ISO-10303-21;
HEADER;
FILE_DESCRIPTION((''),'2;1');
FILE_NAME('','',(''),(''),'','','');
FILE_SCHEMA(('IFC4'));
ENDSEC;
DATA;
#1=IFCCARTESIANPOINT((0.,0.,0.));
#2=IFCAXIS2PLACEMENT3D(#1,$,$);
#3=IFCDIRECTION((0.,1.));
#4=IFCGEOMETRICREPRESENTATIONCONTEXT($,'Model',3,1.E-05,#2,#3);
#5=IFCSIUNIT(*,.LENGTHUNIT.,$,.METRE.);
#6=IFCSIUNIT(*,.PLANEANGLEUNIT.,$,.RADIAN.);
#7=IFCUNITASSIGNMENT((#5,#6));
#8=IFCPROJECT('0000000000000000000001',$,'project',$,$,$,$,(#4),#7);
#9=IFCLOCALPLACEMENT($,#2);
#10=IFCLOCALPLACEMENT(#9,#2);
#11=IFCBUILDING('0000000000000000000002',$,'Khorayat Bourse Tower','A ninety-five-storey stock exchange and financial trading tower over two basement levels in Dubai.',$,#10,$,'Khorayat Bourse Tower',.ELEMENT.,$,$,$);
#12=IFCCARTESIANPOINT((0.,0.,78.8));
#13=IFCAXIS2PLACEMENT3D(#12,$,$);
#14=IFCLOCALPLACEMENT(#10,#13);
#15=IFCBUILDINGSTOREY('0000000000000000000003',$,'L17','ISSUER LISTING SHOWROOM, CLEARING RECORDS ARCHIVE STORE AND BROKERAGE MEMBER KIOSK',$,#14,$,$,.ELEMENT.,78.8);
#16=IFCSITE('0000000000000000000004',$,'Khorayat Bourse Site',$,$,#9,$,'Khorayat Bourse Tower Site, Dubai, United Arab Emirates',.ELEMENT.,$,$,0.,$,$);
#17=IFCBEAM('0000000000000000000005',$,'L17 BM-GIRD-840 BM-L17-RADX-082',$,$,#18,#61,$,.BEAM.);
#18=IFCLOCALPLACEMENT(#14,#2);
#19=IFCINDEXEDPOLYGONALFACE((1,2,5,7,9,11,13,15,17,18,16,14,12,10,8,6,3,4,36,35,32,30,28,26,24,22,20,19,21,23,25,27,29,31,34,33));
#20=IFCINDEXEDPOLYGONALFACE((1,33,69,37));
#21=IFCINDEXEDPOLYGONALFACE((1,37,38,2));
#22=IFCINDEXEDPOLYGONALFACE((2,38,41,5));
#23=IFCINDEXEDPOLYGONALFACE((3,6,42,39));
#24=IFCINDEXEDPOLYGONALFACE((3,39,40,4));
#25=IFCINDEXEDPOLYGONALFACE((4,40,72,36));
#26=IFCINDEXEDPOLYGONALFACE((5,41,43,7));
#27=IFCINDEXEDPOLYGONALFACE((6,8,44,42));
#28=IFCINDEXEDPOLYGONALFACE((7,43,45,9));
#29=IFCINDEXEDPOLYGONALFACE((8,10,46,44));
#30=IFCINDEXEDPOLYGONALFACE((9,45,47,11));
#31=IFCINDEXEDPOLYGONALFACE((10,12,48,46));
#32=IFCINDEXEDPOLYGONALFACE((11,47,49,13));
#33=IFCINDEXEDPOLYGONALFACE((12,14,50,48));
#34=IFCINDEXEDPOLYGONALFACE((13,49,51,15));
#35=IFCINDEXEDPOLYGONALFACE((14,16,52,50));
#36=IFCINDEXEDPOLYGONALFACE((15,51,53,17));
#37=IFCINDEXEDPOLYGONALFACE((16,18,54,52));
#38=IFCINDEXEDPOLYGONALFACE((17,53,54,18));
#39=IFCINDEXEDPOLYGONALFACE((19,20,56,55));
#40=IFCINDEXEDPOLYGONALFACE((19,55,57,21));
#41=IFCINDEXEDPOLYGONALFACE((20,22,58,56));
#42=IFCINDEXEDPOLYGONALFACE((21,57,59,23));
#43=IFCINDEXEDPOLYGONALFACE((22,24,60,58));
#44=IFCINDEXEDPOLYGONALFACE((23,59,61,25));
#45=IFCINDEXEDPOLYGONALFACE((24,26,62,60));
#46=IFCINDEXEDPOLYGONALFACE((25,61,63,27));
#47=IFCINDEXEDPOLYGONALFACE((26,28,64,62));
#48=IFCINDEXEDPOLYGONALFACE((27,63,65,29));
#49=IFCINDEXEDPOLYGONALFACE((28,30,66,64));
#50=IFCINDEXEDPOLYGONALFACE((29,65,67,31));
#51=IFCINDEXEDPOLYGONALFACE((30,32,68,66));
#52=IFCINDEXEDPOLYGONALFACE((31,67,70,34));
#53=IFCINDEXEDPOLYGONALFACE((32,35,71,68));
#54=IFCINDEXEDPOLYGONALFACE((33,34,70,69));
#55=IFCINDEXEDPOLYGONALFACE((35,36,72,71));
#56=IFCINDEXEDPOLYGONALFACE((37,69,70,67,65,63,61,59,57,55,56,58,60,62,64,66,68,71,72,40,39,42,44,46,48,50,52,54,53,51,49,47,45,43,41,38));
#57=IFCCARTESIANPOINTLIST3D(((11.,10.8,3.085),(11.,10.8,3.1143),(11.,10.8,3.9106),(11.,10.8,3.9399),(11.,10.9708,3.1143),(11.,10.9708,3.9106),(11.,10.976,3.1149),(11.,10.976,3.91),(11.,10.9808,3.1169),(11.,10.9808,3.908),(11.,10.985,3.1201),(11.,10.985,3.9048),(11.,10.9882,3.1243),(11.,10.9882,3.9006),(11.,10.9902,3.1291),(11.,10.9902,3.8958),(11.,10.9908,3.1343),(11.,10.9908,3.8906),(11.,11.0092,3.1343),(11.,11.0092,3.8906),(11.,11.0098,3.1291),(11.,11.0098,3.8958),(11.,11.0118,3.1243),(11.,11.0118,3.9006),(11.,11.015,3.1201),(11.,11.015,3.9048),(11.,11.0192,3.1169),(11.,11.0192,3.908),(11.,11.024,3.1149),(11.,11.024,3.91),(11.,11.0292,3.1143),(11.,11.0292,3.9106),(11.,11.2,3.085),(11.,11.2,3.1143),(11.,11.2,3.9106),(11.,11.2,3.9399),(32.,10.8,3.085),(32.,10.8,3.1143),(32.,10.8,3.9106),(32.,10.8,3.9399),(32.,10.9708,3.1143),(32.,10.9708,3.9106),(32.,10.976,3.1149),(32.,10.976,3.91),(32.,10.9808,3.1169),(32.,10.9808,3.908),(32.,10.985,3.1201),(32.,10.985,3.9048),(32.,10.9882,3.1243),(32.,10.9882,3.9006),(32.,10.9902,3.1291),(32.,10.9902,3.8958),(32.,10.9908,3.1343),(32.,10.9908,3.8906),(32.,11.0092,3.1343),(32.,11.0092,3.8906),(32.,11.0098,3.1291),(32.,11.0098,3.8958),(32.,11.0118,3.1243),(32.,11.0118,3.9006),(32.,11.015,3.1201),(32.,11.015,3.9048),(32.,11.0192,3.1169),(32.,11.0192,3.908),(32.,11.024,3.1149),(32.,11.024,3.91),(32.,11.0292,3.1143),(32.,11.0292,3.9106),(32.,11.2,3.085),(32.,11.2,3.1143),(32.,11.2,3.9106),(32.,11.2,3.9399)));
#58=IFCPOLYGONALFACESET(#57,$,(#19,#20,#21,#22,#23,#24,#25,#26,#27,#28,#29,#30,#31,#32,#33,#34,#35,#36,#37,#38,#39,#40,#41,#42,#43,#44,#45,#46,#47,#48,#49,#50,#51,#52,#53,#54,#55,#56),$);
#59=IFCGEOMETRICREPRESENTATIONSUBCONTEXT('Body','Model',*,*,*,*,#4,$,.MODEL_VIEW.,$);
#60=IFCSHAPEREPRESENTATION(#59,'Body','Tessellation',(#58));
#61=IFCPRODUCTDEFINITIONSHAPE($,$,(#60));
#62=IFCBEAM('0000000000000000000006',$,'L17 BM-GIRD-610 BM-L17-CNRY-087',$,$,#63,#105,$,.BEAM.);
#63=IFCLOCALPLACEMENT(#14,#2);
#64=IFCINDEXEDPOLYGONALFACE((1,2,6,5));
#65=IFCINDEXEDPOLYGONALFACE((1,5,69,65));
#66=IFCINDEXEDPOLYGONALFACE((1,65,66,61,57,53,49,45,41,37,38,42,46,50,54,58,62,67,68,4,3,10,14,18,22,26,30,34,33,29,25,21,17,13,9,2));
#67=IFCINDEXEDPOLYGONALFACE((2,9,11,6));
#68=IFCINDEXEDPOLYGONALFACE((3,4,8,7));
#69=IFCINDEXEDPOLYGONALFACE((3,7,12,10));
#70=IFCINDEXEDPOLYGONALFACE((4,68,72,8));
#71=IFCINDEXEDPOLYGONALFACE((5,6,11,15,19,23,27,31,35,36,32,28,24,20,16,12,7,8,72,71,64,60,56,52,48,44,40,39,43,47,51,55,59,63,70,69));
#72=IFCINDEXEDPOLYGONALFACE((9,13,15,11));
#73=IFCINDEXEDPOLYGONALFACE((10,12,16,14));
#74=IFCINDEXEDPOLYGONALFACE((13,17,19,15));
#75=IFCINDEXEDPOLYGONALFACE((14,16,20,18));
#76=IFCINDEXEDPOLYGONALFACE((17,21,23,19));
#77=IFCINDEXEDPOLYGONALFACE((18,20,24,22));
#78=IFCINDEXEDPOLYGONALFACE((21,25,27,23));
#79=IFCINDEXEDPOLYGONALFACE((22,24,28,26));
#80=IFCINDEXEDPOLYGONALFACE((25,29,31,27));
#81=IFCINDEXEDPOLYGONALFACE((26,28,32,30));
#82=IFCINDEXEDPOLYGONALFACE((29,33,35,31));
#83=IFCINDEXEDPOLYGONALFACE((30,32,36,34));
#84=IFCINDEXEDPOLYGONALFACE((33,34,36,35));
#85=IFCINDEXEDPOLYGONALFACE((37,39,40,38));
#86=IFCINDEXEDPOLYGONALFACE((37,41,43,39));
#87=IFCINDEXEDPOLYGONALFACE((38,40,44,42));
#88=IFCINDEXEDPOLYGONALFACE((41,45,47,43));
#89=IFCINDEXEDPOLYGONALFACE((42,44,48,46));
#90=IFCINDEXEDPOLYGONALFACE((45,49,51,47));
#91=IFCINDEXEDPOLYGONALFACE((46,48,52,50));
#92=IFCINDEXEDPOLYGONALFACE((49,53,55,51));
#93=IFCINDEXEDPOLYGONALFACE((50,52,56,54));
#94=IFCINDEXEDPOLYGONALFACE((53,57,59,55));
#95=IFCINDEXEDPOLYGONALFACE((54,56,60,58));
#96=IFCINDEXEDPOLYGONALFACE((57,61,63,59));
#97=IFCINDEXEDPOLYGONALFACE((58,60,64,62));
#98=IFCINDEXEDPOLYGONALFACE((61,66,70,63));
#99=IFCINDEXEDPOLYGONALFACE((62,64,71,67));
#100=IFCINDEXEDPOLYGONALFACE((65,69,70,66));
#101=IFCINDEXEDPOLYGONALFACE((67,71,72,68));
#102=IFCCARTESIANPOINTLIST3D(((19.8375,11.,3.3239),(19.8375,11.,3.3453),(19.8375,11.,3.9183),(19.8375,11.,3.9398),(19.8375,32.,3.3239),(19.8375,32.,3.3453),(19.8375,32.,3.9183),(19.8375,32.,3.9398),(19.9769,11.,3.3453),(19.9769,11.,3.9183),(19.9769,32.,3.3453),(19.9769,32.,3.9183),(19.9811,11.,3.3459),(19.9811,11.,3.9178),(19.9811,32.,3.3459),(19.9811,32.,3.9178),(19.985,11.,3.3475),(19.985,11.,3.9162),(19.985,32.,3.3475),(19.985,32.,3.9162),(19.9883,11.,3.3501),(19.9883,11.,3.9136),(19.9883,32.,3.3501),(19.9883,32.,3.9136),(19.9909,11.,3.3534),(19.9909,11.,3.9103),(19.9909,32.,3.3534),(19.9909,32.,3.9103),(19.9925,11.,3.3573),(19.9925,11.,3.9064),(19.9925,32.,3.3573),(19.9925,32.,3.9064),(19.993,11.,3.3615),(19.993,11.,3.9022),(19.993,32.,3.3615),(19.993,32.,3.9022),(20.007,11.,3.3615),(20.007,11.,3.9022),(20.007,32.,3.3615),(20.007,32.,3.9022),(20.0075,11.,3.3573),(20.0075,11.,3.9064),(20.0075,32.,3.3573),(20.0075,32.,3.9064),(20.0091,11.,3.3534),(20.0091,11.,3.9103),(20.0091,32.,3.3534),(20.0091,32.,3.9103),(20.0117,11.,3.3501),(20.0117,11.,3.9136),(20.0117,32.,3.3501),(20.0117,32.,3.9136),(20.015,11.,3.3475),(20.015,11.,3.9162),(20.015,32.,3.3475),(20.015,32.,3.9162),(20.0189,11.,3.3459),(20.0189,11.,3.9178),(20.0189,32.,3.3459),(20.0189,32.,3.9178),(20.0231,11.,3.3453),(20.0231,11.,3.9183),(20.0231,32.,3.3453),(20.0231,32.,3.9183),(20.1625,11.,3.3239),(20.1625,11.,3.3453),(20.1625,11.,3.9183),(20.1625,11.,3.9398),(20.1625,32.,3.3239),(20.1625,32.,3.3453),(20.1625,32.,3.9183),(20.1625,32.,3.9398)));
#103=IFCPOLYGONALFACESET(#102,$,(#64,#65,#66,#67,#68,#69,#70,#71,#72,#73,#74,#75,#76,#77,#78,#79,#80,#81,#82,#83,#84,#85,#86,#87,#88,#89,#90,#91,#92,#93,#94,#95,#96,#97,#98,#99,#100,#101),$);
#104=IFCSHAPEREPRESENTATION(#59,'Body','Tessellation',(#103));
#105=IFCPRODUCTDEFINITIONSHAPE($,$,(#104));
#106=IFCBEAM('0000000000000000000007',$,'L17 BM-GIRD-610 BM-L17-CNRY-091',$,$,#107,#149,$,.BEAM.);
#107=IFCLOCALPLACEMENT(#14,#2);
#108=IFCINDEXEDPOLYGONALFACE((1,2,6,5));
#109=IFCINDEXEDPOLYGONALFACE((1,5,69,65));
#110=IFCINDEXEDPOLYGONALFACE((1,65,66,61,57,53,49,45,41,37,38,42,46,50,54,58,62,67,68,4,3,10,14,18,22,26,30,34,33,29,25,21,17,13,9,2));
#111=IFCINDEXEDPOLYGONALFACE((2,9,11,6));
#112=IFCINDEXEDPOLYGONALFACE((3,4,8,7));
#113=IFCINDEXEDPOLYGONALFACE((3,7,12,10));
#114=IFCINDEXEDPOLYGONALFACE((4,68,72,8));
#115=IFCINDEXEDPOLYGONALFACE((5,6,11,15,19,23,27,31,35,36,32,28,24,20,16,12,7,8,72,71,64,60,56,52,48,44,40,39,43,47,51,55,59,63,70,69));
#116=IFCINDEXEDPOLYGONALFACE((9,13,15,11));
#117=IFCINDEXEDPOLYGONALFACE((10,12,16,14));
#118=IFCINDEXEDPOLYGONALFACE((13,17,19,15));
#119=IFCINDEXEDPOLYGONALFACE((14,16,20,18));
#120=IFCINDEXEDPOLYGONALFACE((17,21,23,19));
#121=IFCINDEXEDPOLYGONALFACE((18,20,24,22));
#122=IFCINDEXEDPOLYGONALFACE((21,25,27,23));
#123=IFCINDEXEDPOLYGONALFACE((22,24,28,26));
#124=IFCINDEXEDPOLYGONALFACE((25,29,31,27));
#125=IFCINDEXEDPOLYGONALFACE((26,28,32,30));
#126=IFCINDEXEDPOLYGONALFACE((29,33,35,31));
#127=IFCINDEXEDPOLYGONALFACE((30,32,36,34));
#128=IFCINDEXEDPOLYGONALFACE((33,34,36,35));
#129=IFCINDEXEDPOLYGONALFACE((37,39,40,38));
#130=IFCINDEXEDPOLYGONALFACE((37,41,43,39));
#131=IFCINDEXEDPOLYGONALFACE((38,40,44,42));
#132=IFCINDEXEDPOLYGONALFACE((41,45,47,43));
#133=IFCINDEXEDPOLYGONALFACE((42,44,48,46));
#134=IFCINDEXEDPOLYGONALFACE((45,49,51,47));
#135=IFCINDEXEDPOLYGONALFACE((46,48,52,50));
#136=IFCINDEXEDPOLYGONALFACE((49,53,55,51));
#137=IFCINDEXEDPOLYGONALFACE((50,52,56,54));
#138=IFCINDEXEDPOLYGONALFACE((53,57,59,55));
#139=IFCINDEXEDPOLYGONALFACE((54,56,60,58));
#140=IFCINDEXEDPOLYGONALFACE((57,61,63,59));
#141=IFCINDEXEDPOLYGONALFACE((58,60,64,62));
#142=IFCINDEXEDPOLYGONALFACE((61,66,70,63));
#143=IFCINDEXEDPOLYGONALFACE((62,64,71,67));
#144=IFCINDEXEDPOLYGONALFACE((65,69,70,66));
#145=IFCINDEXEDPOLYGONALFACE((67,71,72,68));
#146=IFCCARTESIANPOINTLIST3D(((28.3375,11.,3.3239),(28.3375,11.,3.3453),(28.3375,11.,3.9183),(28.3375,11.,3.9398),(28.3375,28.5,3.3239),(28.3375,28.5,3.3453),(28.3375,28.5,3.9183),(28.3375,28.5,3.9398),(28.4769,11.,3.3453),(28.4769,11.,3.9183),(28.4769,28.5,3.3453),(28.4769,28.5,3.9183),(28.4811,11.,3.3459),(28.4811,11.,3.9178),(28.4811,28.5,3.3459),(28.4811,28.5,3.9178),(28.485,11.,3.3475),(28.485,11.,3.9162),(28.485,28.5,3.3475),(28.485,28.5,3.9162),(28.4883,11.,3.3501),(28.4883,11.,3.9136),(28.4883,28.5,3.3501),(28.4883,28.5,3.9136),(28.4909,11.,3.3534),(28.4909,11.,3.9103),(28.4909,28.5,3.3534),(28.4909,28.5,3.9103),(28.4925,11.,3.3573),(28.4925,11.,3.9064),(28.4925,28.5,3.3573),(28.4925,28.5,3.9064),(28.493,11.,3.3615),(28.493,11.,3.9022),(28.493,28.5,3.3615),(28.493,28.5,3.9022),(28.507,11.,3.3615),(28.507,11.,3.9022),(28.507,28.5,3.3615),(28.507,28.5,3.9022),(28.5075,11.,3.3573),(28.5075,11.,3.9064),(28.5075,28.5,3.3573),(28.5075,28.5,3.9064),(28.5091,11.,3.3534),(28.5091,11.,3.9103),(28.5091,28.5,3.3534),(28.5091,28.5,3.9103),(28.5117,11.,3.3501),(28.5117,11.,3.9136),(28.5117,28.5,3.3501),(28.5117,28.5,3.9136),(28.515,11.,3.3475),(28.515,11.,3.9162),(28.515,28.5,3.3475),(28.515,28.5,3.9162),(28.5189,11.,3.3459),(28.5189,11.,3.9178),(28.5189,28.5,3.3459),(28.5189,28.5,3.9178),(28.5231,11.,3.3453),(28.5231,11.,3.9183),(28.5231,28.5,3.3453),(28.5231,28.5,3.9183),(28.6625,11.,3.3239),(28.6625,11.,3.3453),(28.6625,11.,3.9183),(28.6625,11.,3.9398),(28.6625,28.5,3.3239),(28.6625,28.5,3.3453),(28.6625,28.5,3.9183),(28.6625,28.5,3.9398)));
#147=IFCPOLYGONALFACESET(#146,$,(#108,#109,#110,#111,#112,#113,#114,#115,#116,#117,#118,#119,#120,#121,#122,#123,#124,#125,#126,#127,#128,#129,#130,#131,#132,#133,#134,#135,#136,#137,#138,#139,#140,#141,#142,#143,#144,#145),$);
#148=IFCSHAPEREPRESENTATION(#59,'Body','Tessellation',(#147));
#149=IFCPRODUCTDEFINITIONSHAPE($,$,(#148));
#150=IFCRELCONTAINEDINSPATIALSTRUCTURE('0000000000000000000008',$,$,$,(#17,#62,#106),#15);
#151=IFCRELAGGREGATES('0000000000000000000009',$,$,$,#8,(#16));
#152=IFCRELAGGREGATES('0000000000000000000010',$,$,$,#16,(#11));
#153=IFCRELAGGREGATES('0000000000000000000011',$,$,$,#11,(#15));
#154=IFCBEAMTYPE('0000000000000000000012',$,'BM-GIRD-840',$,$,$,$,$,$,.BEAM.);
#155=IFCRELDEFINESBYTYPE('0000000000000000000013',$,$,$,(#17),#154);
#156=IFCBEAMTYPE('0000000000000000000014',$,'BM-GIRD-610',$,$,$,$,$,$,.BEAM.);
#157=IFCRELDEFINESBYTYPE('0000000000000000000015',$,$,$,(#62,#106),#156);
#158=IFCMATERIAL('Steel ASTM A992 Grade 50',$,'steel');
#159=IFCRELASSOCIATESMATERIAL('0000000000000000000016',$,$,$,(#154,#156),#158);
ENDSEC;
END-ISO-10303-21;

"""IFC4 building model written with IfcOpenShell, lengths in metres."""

from ifc_helpers import new_model, si_unit, direction, frame, origin, origin_2d, place, context, subcontext, project, spatial, i_section, extrude, source, transform, mapped, material, material_profile, profile_set, type_object, element, save


model = new_model("IFC4")

# Units and contexts
model_context = context("Model", 3, precision=1e-05, world=origin(), true_north=direction((0.0, 1.0)))
body_context = subcontext(model_context, "Body", "Model", "MODEL_VIEW")
ifc_project = project(units=[si_unit("LENGTHUNIT", "METRE"), si_unit("PLANEANGLEUNIT", "RADIAN")], contexts=[model_context])

# Site, building, storey
site_placement = place(None, origin())
site = spatial("IfcSite", under=ifc_project, at=site_placement, Name="Khorayat Bourse Site", LongName="Khorayat Bourse Tower Site, Dubai, United Arab Emirates", CompositionType="ELEMENT", RefElevation=0.0)
building_placement = place(site_placement, origin())
building = spatial("IfcBuilding", under=site, at=building_placement, Name="Khorayat Bourse Tower", Description="A ninety-five-storey stock exchange and financial trading tower over two basement levels in Dubai.", LongName="Khorayat Bourse Tower", CompositionType="ELEMENT")
storey_placement = place(building_placement, frame((0.0, 0.0, 78.8)))
storey = spatial("IfcBuildingStorey", under=building, at=storey_placement, Name="L17", Description="ISSUER LISTING SHOWROOM, CLEARING RECORDS ARCHIVE STORE AND BROKERAGE MEMBER KIOSK", CompositionType="ELEMENT", Elevation=78.8)

# Beams
ifc_material_1 = material(Name="Steel ASTM A992 Grade 50", Category="steel")
ifc_material_profile_1 = material_profile(ifc_material_1, i_section(OverallWidth=0.3999, OverallDepth=0.855, WebThickness=0.0183, FlangeThickness=0.0293, FilletRadius=0.02, at=origin_2d()), Name="W840X299")
ifc_profile_set_1 = profile_set([ifc_material_profile_1], Name="Steel ASTM A992 Grade 50")
beam_type_1 = type_object("IfcBeamType", Name="BM-GIRD-840", PredefinedType="BEAM", material=ifc_profile_set_1)
shared_shape_1 = source(origin(), body_context, "Body", "SweptSolid", [
    extrude(i_section(OverallWidth=0.3999, OverallDepth=0.855, WebThickness=0.0183, FlangeThickness=0.0293, FilletRadius=0.02, at=origin_2d()), origin(), (0.0, 0.0, 1.0), 21.0),
])
beam_1_placement = place(storey_placement, frame((11.0, 11.0, 3.5125), z_axis=(1.0, 0.0, 0.0), x_axis=(0.0, 1.0, 0.0)))
element("IfcBeam", 1, at=beam_1_placement, inside=storey, type_object=beam_type_1, Name="L17 BM-GIRD-840 BM-L17-RADX-082", PredefinedType="BEAM", context=body_context, shape_type="MappedRepresentation", body=[
    mapped(shared_shape_1, transform((0.0, 0.0, 0.0), scale=1.0)),
])
ifc_material_profile_2 = material_profile(ifc_material_1, i_section(OverallWidth=0.325, OverallDepth=0.616, WebThickness=0.0139, FlangeThickness=0.0215, FilletRadius=0.0161, at=origin_2d()), Name="W610X174")
ifc_profile_set_2 = profile_set([ifc_material_profile_2], Name="Steel ASTM A992 Grade 50")
beam_type_2 = type_object("IfcBeamType", Name="BM-GIRD-610", PredefinedType="BEAM", material=ifc_profile_set_2)
shared_shape_2 = source(origin(), body_context, "Body", "SweptSolid", [
    extrude(i_section(OverallWidth=0.325, OverallDepth=0.616, WebThickness=0.0139, FlangeThickness=0.0215, FilletRadius=0.0161, at=origin_2d()), origin(), (0.0, 0.0, 1.0), 21.0),
])
beam_2_placement = place(storey_placement, frame((20.0, 11.0, 3.6318), z_axis=(0.0, 1.0, 0.0), x_axis=(-1.0, 0.0, 0.0)))
element("IfcBeam", 2, at=beam_2_placement, inside=storey, type_object=beam_type_2, Name="L17 BM-GIRD-610 BM-L17-CNRY-087", PredefinedType="BEAM", context=body_context, shape_type="MappedRepresentation", body=[
    mapped(shared_shape_2, transform((0.0, 0.0, 0.0), scale=1.0)),
])
shared_shape_3 = source(origin(), body_context, "Body", "SweptSolid", [
    extrude(i_section(OverallWidth=0.325, OverallDepth=0.616, WebThickness=0.0139, FlangeThickness=0.0215, FilletRadius=0.0161, at=origin_2d()), origin(), (0.0, 0.0, 1.0), 17.5),
])
beam_3_placement = place(storey_placement, frame((28.5, 11.0, 3.6318), z_axis=(0.0, 1.0, 0.0), x_axis=(-1.0, 0.0, 0.0)))
element("IfcBeam", 3, at=beam_3_placement, inside=storey, type_object=beam_type_2, Name="L17 BM-GIRD-610 BM-L17-CNRY-091", PredefinedType="BEAM", context=body_context, shape_type="MappedRepresentation", body=[
    mapped(shared_shape_3, transform((0.0, 0.0, 0.0), scale=1.0)),
])

save(model, "model.ifc")
